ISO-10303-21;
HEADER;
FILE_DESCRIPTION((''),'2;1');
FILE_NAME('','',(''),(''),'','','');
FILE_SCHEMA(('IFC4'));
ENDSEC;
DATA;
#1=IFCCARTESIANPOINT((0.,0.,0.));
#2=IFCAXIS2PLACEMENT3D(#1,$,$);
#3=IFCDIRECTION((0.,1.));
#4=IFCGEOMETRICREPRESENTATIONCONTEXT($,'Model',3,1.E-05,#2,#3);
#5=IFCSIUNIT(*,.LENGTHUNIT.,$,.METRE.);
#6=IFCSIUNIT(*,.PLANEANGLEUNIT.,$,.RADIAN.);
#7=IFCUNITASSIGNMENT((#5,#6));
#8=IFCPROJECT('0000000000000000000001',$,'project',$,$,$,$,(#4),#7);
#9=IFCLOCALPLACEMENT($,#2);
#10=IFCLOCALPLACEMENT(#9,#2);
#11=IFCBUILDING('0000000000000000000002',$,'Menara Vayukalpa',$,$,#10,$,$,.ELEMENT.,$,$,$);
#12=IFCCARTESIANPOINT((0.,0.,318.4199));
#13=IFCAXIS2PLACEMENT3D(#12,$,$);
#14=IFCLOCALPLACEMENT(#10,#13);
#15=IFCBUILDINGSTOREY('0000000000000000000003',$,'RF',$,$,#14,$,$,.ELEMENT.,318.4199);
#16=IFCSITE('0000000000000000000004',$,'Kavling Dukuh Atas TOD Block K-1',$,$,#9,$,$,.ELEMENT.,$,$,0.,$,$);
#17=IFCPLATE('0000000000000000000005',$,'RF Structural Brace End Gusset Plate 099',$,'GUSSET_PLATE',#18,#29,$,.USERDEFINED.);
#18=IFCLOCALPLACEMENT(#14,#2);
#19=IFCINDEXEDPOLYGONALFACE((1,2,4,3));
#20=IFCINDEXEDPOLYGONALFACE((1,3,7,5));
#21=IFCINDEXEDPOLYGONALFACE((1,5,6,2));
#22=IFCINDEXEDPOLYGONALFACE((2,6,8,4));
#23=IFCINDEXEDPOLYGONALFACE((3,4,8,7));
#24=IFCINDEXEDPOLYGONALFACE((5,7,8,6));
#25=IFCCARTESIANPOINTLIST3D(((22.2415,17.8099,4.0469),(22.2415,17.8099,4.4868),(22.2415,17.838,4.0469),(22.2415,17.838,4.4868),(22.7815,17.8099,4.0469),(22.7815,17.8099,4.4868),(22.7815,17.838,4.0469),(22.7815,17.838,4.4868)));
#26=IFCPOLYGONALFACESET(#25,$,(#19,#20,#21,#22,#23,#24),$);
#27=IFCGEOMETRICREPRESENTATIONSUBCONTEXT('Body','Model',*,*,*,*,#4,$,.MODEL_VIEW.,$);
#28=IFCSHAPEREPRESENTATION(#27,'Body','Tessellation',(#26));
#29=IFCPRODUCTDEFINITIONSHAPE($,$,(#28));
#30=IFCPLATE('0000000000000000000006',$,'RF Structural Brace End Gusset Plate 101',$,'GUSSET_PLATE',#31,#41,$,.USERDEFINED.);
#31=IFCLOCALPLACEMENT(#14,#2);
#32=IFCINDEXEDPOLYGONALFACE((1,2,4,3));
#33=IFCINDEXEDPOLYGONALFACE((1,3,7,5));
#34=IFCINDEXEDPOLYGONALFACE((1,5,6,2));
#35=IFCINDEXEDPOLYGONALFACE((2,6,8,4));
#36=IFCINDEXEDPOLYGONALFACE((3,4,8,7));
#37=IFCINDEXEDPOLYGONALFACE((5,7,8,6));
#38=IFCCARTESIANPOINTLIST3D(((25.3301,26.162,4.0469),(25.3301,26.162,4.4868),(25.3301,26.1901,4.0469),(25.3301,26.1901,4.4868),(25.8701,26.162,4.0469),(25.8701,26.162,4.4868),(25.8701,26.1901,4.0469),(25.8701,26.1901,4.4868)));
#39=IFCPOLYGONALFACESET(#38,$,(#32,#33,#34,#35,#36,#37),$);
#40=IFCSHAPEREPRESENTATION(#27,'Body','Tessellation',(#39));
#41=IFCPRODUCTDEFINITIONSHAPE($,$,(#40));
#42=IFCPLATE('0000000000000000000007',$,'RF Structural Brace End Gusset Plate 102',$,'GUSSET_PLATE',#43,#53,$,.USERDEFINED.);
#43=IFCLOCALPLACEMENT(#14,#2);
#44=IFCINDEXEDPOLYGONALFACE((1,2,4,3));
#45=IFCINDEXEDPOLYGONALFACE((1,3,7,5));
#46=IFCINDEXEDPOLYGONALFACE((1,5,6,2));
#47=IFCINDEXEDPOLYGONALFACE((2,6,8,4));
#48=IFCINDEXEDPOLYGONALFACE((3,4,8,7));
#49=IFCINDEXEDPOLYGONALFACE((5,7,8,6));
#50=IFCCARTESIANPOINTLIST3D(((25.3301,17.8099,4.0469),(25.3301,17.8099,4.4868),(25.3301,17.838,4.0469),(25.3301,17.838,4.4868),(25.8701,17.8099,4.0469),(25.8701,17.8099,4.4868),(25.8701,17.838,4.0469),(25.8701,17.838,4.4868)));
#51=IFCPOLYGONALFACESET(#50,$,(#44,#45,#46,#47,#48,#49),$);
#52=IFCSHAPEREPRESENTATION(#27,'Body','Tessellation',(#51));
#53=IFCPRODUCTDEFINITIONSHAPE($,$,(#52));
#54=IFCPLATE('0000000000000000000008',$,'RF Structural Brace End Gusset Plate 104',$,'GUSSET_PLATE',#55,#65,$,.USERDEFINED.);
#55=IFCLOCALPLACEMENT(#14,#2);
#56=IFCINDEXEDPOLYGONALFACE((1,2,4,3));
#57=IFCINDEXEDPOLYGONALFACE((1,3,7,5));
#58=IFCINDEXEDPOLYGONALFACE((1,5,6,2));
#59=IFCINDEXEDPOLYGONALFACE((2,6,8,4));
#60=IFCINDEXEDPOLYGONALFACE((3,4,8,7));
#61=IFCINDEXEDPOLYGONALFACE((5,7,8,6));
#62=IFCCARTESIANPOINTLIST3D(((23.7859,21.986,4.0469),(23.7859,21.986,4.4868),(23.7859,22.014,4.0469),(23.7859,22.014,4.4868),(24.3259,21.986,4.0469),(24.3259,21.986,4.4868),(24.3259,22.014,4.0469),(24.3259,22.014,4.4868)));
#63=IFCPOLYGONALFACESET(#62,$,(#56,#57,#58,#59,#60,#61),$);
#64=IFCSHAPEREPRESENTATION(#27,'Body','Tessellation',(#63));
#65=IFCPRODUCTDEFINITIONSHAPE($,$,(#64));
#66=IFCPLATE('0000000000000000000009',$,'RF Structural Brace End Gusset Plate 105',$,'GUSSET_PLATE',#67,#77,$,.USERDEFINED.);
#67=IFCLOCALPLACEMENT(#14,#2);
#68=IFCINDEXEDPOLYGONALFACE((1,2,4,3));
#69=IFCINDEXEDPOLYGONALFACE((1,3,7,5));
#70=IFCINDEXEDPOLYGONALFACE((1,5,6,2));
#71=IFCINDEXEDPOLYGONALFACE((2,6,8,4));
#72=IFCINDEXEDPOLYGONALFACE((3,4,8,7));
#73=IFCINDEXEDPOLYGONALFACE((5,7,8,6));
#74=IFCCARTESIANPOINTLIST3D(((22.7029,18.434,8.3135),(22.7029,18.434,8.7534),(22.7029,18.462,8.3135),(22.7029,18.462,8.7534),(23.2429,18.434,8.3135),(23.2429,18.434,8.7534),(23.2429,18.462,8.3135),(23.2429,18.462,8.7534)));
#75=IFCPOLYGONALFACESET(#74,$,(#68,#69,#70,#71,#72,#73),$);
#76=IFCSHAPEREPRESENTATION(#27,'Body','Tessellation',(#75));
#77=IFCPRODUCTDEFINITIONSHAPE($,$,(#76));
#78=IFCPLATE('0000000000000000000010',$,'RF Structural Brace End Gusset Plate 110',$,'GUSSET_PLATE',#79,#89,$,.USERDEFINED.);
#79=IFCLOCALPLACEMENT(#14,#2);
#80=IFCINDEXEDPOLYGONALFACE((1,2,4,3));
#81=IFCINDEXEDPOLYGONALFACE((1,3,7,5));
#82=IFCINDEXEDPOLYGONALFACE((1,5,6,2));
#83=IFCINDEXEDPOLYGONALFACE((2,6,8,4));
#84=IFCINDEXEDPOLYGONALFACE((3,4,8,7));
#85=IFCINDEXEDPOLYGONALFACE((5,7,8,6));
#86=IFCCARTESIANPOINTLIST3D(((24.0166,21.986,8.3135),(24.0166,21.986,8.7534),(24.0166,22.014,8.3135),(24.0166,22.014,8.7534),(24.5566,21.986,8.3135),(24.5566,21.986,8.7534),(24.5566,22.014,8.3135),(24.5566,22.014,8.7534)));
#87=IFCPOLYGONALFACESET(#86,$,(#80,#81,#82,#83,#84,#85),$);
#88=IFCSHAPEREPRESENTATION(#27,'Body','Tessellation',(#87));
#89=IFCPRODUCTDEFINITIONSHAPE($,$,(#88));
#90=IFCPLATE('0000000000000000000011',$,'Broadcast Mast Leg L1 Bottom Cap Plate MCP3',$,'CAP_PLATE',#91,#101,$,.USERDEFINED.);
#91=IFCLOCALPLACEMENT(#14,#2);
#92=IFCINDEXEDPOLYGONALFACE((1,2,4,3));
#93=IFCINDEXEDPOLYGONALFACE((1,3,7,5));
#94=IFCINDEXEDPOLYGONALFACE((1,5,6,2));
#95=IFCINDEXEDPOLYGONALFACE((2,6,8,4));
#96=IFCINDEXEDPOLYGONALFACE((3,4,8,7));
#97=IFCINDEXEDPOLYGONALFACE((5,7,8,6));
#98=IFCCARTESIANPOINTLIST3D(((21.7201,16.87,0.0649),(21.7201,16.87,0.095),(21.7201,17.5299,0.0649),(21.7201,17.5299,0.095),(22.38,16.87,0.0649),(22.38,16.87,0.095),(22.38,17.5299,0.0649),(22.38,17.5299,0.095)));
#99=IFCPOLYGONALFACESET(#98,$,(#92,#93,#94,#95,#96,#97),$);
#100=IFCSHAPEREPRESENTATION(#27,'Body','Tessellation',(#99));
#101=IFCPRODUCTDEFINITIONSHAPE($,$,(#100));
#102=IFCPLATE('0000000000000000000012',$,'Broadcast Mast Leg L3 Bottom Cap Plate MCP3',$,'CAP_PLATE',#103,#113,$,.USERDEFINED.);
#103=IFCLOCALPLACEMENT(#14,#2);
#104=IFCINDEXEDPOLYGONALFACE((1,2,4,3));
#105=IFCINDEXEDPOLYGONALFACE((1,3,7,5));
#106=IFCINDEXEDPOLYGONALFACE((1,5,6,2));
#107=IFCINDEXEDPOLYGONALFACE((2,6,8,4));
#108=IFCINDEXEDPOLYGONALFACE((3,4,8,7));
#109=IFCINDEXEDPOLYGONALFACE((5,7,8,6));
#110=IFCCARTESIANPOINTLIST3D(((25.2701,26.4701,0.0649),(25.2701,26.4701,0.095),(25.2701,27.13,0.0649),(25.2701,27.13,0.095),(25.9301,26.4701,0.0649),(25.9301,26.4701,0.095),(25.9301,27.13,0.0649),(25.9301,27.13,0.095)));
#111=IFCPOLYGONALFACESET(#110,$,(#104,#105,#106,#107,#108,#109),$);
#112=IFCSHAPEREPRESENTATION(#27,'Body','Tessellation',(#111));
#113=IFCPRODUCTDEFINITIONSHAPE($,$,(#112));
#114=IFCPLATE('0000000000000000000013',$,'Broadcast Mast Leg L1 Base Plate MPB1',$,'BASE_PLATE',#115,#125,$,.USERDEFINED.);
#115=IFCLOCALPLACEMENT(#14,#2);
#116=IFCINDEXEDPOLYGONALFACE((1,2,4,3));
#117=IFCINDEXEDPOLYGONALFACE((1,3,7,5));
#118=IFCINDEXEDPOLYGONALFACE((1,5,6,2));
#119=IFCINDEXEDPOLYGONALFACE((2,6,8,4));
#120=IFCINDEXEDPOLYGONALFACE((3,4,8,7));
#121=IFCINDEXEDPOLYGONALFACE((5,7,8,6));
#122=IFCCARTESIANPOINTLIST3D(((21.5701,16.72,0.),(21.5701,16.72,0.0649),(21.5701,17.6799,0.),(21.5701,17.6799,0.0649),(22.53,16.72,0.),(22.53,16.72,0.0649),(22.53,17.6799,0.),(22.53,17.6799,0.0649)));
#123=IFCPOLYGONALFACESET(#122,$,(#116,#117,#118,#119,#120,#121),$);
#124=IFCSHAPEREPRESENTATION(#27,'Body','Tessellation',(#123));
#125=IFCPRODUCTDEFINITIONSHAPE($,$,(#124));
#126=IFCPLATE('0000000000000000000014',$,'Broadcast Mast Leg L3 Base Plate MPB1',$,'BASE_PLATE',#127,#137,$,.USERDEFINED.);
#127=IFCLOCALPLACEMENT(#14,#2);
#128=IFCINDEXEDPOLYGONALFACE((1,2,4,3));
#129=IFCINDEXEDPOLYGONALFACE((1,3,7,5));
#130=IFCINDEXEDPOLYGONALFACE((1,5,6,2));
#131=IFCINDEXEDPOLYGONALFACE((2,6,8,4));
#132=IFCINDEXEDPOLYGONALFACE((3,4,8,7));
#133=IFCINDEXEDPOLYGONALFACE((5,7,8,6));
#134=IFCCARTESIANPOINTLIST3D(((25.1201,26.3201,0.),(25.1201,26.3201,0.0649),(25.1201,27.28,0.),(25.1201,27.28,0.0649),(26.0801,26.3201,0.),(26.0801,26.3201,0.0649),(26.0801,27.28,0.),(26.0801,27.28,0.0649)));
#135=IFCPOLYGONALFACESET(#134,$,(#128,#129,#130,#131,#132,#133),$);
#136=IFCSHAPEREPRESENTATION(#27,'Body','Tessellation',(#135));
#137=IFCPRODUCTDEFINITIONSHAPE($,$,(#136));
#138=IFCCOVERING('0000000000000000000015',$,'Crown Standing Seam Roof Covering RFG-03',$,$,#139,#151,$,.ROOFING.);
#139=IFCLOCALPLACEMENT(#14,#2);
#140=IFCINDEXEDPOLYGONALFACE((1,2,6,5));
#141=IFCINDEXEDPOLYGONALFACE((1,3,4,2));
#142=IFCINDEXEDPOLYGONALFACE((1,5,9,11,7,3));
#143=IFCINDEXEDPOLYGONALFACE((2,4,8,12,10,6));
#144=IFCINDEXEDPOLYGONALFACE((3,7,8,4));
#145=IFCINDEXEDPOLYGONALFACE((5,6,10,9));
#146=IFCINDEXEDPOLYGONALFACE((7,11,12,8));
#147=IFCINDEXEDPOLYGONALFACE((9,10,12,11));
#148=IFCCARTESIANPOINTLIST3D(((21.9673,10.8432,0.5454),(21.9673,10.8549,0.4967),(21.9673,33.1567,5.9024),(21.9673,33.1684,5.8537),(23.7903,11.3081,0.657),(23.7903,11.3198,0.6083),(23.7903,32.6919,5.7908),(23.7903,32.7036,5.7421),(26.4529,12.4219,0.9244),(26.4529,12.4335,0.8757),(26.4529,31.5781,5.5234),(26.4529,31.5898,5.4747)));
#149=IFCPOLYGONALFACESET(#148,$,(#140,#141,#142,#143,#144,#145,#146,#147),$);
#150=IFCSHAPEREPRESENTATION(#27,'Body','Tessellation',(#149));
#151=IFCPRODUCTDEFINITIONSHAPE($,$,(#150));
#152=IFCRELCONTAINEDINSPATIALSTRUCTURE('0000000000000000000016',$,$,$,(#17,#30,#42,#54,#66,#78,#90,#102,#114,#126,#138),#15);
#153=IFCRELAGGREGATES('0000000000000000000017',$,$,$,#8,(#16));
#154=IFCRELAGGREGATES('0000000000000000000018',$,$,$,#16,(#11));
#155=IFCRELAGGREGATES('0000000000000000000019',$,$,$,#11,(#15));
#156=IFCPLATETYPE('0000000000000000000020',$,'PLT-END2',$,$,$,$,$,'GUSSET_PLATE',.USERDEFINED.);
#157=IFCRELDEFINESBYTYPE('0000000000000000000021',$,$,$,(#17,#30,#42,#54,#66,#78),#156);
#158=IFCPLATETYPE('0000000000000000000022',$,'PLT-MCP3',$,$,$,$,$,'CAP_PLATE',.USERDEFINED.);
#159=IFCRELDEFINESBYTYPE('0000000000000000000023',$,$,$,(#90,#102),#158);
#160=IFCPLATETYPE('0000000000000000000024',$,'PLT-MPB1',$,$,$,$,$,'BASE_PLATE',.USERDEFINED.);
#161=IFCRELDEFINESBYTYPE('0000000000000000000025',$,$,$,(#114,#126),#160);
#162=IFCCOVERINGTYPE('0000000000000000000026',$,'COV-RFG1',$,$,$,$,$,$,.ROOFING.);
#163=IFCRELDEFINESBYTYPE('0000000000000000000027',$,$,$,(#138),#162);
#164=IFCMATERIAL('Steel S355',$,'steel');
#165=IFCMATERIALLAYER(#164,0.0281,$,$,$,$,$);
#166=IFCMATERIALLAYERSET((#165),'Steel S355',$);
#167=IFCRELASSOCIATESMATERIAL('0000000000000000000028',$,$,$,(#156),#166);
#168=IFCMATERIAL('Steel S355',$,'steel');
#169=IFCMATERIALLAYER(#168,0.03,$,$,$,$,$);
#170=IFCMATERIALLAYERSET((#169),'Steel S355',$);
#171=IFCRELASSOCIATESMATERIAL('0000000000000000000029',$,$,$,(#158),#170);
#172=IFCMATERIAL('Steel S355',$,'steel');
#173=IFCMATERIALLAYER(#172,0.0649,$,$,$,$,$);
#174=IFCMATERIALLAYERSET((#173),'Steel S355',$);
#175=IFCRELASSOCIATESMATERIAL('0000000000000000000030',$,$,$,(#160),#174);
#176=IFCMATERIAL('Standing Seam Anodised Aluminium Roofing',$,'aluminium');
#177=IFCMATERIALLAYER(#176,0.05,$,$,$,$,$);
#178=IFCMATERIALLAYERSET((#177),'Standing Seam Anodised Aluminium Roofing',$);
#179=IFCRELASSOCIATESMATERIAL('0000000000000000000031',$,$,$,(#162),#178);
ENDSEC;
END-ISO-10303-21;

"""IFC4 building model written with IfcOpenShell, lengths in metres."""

from ifc_helpers import new_model, si_unit, direction, frame, origin, origin_2d, place, context, subcontext, project, spatial, polyline, rectangle, outline, extrude, material, layer, layer_set, type_object, element, save


model = new_model("IFC4")

# Units and contexts
model_context = context("Model", 3, precision=1e-05, world=origin(), true_north=direction((0.0, 1.0)))
body_context = subcontext(model_context, "Body", "Model", "MODEL_VIEW")
ifc_project = project(units=[si_unit("LENGTHUNIT", "METRE"), si_unit("PLANEANGLEUNIT", "RADIAN")], contexts=[model_context])

# Site, building, storey
site_placement = place(None, origin())
site = spatial("IfcSite", under=ifc_project, at=site_placement, Name="Kavling Dukuh Atas TOD Block K-1", CompositionType="ELEMENT", RefElevation=0.0)
building_placement = place(site_placement, origin())
building = spatial("IfcBuilding", under=site, at=building_placement, Name="Menara Vayukalpa", CompositionType="ELEMENT")
storey_placement = place(building_placement, frame((0.0, 0.0, 318.4199)))
storey = spatial("IfcBuildingStorey", under=building, at=storey_placement, Name="RF", CompositionType="ELEMENT", Elevation=318.4199)

# Plates
ifc_material_1 = material(Name="Steel S355", Category="steel")
ifc_layer_1 = layer(ifc_material_1, 0.0281)
ifc_layer_set_1 = layer_set([ifc_layer_1], Name="Steel S355")
plate_type_1 = type_object("IfcPlateType", Name="PLT-END2", ElementType="GUSSET_PLATE", PredefinedType="USERDEFINED", material=ifc_layer_set_1)
for number, where, z_axis, x_axis, name in (
    (1, (22.5115, 17.824, 4.0469), (0.0, 0.0, 1.0), (1.0, 0.0, 0.0), "RF Structural Brace End Gusset Plate 099"),
    (2, (25.6001, 26.176, 4.0469), (0.0, 0.0, 1.0), (1.0, 0.0, 0.0), "RF Structural Brace End Gusset Plate 101"),
    (3, (25.6001, 17.824, 4.0469), (0.0, 0.0, 1.0), (1.0, 0.0, 0.0), "RF Structural Brace End Gusset Plate 102"),
    (4, (24.0559, 22.0, 4.0469), (0.0, 0.0, 1.0), (1.0, 0.0, 0.0), "RF Structural Brace End Gusset Plate 104"),
    (5, (22.9729, 18.448, 8.3135), (0.0, 0.0, 1.0), (1.0, 0.0, 0.0), "RF Structural Brace End Gusset Plate 105"),
    (6, (24.2866, 22.0, 8.3135), (0.0, 0.0, 1.0), (1.0, 0.0, 0.0), "RF Structural Brace End Gusset Plate 110"),
):
    element("IfcPlate", number, at=place(storey_placement, frame(where, z_axis=z_axis, x_axis=x_axis)), inside=storey, type_object=plate_type_1, Name=name, ObjectType="GUSSET_PLATE", PredefinedType="USERDEFINED", context=body_context, shape_type="SweptSolid", body=[
        extrude(rectangle(XDim=0.54, YDim=0.0281, at=origin_2d()), origin(), (0.0, 0.0, 1.0), 0.4399),
    ])
ifc_material_2 = material(Name="Steel S355", Category="steel")
ifc_layer_2 = layer(ifc_material_2, 0.03)
ifc_layer_set_2 = layer_set([ifc_layer_2], Name="Steel S355")
plate_type_2 = type_object("IfcPlateType", Name="PLT-MCP3", ElementType="CAP_PLATE", PredefinedType="USERDEFINED", material=ifc_layer_set_2)
for number, where, z_axis, x_axis, name in (
    (7, (22.05, 17.2, 0.0649), (0.0, 0.0, 1.0), (1.0, 0.0, 0.0), "Broadcast Mast Leg L1 Bottom Cap Plate MCP3"),
    (8, (25.6001, 26.8, 0.0649), (0.0, 0.0, 1.0), (1.0, 0.0, 0.0), "Broadcast Mast Leg L3 Bottom Cap Plate MCP3"),
):
    element("IfcPlate", number, at=place(storey_placement, frame(where, z_axis=z_axis, x_axis=x_axis)), inside=storey, type_object=plate_type_2, Name=name, ObjectType="CAP_PLATE", PredefinedType="USERDEFINED", context=body_context, shape_type="SweptSolid", body=[
        extrude(rectangle(XDim=0.6599, YDim=0.6599, at=origin_2d()), origin(), (0.0, 0.0, 1.0), 0.03),
    ])
ifc_material_3 = material(Name="Steel S355", Category="steel")
ifc_layer_3 = layer(ifc_material_3, 0.0649)
ifc_layer_set_3 = layer_set([ifc_layer_3], Name="Steel S355")
plate_type_3 = type_object("IfcPlateType", Name="PLT-MPB1", ElementType="BASE_PLATE", PredefinedType="USERDEFINED", material=ifc_layer_set_3)
for number, where, z_axis, x_axis, name in (
    (9, (22.05, 17.2, 0.0), (0.0, 0.0, 1.0), (1.0, 0.0, 0.0), "Broadcast Mast Leg L1 Base Plate MPB1"),
    (10, (25.6001, 26.8, 0.0), (0.0, 0.0, 1.0), (1.0, 0.0, 0.0), "Broadcast Mast Leg L3 Base Plate MPB1"),
):
    element("IfcPlate", number, at=place(storey_placement, frame(where, z_axis=z_axis, x_axis=x_axis)), inside=storey, type_object=plate_type_3, Name=name, ObjectType="BASE_PLATE", PredefinedType="USERDEFINED", context=body_context, shape_type="SweptSolid", body=[
        extrude(rectangle(XDim=0.96, YDim=0.96, at=origin_2d()), origin(), (0.0, 0.0, 1.0), 0.0649),
    ])

# Covering
ifc_material_4 = material(Name="Standing Seam Anodised Aluminium Roofing", Category="aluminium")
ifc_layer_4 = layer(ifc_material_4, 0.05)
ifc_layer_set_4 = layer_set([ifc_layer_4], Name="Standing Seam Anodised Aluminium Roofing")
covering_type = type_object("IfcCoveringType", Name="COV-RFG1", PredefinedType="ROOFING", material=ifc_layer_set_4)
covering_1_placement = place(storey_placement, frame((23.7903, 11.3081, 0.657), z_axis=(-0.000002, -0.233445, 0.97237), x_axis=(-0.967287, -0.246673, -0.059223)))
element("IfcCovering", 11, at=covering_1_placement, inside=storey, type_object=covering_type, Name="Crown Standing Seam Roof Covering RFG-03", PredefinedType="ROOFING", context=body_context, shape_type="SweptSolid", body=[
    extrude(outline(polyline([(0.0, 0.0), (1.8846, 0.0), (-3.9368, -22.1969), (-5.5788, -21.272), (-7.8638, -19.4886), (-2.8661, -0.4325), (0.0, 0.0)])), origin(), (0.0, 0.0, -1.0), 0.05),
])

save(model, "model.ifc")
